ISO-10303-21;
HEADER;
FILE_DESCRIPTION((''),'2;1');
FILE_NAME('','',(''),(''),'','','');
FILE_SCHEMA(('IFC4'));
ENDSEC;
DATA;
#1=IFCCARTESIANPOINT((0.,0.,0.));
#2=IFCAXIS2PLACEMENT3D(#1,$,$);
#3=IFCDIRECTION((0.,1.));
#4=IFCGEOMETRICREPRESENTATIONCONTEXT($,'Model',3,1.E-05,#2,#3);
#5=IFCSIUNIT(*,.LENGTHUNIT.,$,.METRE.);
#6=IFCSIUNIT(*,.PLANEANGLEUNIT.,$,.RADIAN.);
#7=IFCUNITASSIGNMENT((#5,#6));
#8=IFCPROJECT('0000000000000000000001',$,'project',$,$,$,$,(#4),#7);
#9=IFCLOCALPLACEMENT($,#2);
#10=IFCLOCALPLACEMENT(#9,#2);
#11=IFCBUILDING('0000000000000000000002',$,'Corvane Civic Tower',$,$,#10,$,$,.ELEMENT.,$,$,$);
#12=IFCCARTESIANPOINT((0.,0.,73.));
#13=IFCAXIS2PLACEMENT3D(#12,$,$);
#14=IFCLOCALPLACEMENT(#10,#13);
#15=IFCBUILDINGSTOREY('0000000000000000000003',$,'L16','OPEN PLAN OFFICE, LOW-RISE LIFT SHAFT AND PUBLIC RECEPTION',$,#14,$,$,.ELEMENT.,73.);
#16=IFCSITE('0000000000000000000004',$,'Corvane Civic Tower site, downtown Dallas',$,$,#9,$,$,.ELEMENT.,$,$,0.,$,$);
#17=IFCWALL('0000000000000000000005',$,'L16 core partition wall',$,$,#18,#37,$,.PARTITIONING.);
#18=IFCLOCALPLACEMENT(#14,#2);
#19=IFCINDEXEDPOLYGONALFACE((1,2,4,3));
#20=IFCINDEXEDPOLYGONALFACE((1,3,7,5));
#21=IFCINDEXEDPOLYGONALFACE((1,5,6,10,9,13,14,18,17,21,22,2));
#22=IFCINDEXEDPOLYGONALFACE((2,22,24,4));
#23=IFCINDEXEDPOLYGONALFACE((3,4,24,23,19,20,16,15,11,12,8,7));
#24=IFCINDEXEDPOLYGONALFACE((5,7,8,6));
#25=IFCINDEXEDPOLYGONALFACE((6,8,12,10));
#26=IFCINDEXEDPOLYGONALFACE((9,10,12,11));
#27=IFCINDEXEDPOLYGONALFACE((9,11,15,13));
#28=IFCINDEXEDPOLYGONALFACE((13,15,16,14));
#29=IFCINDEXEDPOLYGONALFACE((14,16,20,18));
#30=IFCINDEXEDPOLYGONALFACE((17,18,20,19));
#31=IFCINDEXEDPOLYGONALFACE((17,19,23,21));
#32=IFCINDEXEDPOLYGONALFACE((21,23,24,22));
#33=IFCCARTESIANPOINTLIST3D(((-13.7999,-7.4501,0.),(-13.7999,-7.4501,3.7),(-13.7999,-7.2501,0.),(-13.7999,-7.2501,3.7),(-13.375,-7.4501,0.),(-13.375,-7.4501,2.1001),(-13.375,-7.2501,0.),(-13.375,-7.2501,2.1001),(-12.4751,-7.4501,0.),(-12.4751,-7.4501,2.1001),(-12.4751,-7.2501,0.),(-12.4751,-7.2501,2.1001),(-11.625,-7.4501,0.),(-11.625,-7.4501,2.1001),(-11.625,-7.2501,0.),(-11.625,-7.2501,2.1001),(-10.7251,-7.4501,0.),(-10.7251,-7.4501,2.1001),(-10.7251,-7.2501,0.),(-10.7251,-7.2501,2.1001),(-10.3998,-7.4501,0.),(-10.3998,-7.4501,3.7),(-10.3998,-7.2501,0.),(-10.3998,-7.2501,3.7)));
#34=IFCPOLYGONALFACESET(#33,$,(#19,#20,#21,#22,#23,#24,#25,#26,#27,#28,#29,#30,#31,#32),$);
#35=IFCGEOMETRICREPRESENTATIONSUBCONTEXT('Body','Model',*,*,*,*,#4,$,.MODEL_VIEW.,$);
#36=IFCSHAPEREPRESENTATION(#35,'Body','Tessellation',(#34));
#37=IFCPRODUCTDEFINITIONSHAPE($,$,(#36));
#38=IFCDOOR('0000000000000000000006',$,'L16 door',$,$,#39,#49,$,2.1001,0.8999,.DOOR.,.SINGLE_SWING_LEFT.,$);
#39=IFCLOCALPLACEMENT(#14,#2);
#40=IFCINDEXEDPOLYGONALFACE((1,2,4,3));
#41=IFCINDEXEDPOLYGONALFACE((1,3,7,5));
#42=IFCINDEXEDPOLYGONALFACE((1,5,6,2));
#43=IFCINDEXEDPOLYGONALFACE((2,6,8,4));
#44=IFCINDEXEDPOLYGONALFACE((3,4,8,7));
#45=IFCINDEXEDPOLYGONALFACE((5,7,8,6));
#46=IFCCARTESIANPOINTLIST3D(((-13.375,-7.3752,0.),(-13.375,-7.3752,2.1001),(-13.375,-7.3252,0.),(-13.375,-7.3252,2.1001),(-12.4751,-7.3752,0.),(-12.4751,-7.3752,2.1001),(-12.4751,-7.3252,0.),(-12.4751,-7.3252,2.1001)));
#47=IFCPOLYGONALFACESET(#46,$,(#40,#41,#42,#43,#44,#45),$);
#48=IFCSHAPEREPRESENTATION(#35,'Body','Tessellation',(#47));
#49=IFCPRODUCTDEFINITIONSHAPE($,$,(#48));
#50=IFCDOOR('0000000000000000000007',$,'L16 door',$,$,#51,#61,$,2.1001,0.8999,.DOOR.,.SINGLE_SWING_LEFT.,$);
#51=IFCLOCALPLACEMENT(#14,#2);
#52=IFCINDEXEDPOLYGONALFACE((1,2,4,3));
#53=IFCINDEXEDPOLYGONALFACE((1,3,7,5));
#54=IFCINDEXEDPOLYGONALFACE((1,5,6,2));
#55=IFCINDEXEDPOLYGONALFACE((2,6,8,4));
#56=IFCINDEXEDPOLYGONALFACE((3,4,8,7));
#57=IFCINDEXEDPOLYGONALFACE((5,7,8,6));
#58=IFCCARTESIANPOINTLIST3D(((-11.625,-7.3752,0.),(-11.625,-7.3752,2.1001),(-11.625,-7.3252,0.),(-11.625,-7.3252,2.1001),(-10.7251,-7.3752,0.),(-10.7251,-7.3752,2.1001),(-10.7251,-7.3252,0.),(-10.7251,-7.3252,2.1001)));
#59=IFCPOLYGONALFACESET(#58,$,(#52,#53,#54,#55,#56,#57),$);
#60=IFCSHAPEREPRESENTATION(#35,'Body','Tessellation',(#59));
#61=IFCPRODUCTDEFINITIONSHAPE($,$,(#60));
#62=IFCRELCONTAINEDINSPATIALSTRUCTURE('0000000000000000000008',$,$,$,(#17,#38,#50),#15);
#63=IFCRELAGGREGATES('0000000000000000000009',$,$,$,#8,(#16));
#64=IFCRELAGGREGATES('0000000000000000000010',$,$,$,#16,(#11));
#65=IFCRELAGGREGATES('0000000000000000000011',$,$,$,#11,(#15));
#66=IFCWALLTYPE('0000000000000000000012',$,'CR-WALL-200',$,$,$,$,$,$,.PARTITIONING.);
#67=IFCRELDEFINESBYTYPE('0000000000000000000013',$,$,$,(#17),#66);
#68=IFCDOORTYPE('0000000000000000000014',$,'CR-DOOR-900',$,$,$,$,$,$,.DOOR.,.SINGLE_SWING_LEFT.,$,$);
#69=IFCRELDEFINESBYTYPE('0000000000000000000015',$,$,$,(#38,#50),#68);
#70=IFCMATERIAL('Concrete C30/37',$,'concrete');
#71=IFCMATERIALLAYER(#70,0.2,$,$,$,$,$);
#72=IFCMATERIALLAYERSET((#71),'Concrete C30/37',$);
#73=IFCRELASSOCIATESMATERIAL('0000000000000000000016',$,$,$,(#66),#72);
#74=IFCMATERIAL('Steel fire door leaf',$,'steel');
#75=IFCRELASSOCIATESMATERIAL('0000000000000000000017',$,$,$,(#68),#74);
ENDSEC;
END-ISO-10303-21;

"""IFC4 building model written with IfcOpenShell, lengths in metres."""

from ifc_helpers import new_model, si_unit, direction, frame, frame_2d, origin, place, context, subcontext, project, spatial, rectangle, extrude, material, layer, layer_set, type_object, element, fill, save


model = new_model("IFC4")

# Units and contexts
model_context = context("Model", 3, precision=1e-05, world=origin(), true_north=direction((0.0, 1.0)))
body_context = subcontext(model_context, "Body", "Model", "MODEL_VIEW")
ifc_project = project(units=[si_unit("LENGTHUNIT", "METRE"), si_unit("PLANEANGLEUNIT", "RADIAN")], contexts=[model_context])

# Site, building, storey
site_placement = place(None, origin())
site = spatial("IfcSite", under=ifc_project, at=site_placement, Name="Corvane Civic Tower site, downtown Dallas", CompositionType="ELEMENT", RefElevation=0.0)
building_placement = place(site_placement, origin())
building = spatial("IfcBuilding", under=site, at=building_placement, Name="Corvane Civic Tower", CompositionType="ELEMENT")
storey_placement = place(building_placement, frame((0.0, 0.0, 73.0)))
storey = spatial("IfcBuildingStorey", under=building, at=storey_placement, Name="L16", Description="OPEN PLAN OFFICE, LOW-RISE LIFT SHAFT AND PUBLIC RECEPTION", CompositionType="ELEMENT", Elevation=73.0)

# Wall, openings, doors
ifc_material_1 = material(Name="Concrete C30/37", Category="concrete")
ifc_layer_1 = layer(ifc_material_1, 0.2)
ifc_layer_set_1 = layer_set([ifc_layer_1], Name="Concrete C30/37")
wall_type_1 = type_object("IfcWallType", Name="CR-WALL-200", PredefinedType="PARTITIONING", material=ifc_layer_set_1)
wall_1_placement = place(storey_placement, frame((-13.8, -7.3501, 0.0), z_axis=(0.0, 0.0, 1.0), x_axis=(1.0, 0.0, 0.0)))
wall_1 = element("IfcWall", 1, at=wall_1_placement, inside=storey, type_object=wall_type_1, Name="L16 core partition wall", PredefinedType="PARTITIONING", context=body_context, shape_type="SweptSolid", body=[
    extrude(rectangle(XDim=3.4001, YDim=0.2, at=frame_2d((1.7002, 0.0))), origin(), (0.0, 0.0, 1.0), 3.7),
])
opening_1_placement = place(wall_1_placement, frame((0.425, 0.0, 0.0)))
opening_1 = element("IfcOpeningElement", 2, at=opening_1_placement, cuts=wall_1, PredefinedType="OPENING", context=body_context, shape_type="SweptSolid", body=[
    extrude(rectangle(XDim=0.8999, YDim=2.1001, at=frame_2d((0.45, 1.05))), frame((0.0, 0.1099, 0.0), z_axis=(0.0, -1.0, 0.0), x_axis=(1.0, 0.0, 0.0)), (0.0, 0.0, 1.0), 0.22),
])
opening_2_placement = place(wall_1_placement, frame((2.175, 0.0, 0.0)))
opening_2 = element("IfcOpeningElement", 3, at=opening_2_placement, cuts=wall_1, PredefinedType="OPENING", context=body_context, shape_type="SweptSolid", body=[
    extrude(rectangle(XDim=0.8999, YDim=2.1001, at=frame_2d((0.45, 1.05))), frame((0.0, 0.1099, 0.0), z_axis=(0.0, -1.0, 0.0), x_axis=(1.0, 0.0, 0.0)), (0.0, 0.0, 1.0), 0.22),
])
ifc_material_2 = material(Name="Steel fire door leaf", Category="steel")
door_type_1 = type_object("IfcDoorType", Name="CR-DOOR-900", OperationType="SINGLE_SWING_LEFT", PredefinedType="DOOR", material=ifc_material_2)
door_1_placement = place(opening_1_placement, origin())
door_1 = element("IfcDoor", 4, at=door_1_placement, inside=storey, type_object=door_type_1, Name="L16 door", OperationType="SINGLE_SWING_LEFT", OverallHeight=2.1001, OverallWidth=0.8999, PredefinedType="DOOR", context=body_context, shape_type="SweptSolid", body=[
    extrude(rectangle(XDim=0.8999, YDim=2.1001, at=frame_2d((0.45, 1.05))), frame((0.0, 0.0249, 0.0), z_axis=(0.0, -1.0, 0.0), x_axis=(1.0, 0.0, 0.0)), (0.0, 0.0, 1.0), 0.05),
])
fill(opening_1, door_1)
door_2_placement = place(opening_2_placement, origin())
door_2 = element("IfcDoor", 5, at=door_2_placement, inside=storey, type_object=door_type_1, Name="L16 door", OperationType="SINGLE_SWING_LEFT", OverallHeight=2.1001, OverallWidth=0.8999, PredefinedType="DOOR", context=body_context, shape_type="SweptSolid", body=[
    extrude(rectangle(XDim=0.8999, YDim=2.1001, at=frame_2d((0.45, 1.05))), frame((0.0, 0.0249, 0.0), z_axis=(0.0, -1.0, 0.0), x_axis=(1.0, 0.0, 0.0)), (0.0, 0.0, 1.0), 0.05),
])
fill(opening_2, door_2)

save(model, "model.ifc")
